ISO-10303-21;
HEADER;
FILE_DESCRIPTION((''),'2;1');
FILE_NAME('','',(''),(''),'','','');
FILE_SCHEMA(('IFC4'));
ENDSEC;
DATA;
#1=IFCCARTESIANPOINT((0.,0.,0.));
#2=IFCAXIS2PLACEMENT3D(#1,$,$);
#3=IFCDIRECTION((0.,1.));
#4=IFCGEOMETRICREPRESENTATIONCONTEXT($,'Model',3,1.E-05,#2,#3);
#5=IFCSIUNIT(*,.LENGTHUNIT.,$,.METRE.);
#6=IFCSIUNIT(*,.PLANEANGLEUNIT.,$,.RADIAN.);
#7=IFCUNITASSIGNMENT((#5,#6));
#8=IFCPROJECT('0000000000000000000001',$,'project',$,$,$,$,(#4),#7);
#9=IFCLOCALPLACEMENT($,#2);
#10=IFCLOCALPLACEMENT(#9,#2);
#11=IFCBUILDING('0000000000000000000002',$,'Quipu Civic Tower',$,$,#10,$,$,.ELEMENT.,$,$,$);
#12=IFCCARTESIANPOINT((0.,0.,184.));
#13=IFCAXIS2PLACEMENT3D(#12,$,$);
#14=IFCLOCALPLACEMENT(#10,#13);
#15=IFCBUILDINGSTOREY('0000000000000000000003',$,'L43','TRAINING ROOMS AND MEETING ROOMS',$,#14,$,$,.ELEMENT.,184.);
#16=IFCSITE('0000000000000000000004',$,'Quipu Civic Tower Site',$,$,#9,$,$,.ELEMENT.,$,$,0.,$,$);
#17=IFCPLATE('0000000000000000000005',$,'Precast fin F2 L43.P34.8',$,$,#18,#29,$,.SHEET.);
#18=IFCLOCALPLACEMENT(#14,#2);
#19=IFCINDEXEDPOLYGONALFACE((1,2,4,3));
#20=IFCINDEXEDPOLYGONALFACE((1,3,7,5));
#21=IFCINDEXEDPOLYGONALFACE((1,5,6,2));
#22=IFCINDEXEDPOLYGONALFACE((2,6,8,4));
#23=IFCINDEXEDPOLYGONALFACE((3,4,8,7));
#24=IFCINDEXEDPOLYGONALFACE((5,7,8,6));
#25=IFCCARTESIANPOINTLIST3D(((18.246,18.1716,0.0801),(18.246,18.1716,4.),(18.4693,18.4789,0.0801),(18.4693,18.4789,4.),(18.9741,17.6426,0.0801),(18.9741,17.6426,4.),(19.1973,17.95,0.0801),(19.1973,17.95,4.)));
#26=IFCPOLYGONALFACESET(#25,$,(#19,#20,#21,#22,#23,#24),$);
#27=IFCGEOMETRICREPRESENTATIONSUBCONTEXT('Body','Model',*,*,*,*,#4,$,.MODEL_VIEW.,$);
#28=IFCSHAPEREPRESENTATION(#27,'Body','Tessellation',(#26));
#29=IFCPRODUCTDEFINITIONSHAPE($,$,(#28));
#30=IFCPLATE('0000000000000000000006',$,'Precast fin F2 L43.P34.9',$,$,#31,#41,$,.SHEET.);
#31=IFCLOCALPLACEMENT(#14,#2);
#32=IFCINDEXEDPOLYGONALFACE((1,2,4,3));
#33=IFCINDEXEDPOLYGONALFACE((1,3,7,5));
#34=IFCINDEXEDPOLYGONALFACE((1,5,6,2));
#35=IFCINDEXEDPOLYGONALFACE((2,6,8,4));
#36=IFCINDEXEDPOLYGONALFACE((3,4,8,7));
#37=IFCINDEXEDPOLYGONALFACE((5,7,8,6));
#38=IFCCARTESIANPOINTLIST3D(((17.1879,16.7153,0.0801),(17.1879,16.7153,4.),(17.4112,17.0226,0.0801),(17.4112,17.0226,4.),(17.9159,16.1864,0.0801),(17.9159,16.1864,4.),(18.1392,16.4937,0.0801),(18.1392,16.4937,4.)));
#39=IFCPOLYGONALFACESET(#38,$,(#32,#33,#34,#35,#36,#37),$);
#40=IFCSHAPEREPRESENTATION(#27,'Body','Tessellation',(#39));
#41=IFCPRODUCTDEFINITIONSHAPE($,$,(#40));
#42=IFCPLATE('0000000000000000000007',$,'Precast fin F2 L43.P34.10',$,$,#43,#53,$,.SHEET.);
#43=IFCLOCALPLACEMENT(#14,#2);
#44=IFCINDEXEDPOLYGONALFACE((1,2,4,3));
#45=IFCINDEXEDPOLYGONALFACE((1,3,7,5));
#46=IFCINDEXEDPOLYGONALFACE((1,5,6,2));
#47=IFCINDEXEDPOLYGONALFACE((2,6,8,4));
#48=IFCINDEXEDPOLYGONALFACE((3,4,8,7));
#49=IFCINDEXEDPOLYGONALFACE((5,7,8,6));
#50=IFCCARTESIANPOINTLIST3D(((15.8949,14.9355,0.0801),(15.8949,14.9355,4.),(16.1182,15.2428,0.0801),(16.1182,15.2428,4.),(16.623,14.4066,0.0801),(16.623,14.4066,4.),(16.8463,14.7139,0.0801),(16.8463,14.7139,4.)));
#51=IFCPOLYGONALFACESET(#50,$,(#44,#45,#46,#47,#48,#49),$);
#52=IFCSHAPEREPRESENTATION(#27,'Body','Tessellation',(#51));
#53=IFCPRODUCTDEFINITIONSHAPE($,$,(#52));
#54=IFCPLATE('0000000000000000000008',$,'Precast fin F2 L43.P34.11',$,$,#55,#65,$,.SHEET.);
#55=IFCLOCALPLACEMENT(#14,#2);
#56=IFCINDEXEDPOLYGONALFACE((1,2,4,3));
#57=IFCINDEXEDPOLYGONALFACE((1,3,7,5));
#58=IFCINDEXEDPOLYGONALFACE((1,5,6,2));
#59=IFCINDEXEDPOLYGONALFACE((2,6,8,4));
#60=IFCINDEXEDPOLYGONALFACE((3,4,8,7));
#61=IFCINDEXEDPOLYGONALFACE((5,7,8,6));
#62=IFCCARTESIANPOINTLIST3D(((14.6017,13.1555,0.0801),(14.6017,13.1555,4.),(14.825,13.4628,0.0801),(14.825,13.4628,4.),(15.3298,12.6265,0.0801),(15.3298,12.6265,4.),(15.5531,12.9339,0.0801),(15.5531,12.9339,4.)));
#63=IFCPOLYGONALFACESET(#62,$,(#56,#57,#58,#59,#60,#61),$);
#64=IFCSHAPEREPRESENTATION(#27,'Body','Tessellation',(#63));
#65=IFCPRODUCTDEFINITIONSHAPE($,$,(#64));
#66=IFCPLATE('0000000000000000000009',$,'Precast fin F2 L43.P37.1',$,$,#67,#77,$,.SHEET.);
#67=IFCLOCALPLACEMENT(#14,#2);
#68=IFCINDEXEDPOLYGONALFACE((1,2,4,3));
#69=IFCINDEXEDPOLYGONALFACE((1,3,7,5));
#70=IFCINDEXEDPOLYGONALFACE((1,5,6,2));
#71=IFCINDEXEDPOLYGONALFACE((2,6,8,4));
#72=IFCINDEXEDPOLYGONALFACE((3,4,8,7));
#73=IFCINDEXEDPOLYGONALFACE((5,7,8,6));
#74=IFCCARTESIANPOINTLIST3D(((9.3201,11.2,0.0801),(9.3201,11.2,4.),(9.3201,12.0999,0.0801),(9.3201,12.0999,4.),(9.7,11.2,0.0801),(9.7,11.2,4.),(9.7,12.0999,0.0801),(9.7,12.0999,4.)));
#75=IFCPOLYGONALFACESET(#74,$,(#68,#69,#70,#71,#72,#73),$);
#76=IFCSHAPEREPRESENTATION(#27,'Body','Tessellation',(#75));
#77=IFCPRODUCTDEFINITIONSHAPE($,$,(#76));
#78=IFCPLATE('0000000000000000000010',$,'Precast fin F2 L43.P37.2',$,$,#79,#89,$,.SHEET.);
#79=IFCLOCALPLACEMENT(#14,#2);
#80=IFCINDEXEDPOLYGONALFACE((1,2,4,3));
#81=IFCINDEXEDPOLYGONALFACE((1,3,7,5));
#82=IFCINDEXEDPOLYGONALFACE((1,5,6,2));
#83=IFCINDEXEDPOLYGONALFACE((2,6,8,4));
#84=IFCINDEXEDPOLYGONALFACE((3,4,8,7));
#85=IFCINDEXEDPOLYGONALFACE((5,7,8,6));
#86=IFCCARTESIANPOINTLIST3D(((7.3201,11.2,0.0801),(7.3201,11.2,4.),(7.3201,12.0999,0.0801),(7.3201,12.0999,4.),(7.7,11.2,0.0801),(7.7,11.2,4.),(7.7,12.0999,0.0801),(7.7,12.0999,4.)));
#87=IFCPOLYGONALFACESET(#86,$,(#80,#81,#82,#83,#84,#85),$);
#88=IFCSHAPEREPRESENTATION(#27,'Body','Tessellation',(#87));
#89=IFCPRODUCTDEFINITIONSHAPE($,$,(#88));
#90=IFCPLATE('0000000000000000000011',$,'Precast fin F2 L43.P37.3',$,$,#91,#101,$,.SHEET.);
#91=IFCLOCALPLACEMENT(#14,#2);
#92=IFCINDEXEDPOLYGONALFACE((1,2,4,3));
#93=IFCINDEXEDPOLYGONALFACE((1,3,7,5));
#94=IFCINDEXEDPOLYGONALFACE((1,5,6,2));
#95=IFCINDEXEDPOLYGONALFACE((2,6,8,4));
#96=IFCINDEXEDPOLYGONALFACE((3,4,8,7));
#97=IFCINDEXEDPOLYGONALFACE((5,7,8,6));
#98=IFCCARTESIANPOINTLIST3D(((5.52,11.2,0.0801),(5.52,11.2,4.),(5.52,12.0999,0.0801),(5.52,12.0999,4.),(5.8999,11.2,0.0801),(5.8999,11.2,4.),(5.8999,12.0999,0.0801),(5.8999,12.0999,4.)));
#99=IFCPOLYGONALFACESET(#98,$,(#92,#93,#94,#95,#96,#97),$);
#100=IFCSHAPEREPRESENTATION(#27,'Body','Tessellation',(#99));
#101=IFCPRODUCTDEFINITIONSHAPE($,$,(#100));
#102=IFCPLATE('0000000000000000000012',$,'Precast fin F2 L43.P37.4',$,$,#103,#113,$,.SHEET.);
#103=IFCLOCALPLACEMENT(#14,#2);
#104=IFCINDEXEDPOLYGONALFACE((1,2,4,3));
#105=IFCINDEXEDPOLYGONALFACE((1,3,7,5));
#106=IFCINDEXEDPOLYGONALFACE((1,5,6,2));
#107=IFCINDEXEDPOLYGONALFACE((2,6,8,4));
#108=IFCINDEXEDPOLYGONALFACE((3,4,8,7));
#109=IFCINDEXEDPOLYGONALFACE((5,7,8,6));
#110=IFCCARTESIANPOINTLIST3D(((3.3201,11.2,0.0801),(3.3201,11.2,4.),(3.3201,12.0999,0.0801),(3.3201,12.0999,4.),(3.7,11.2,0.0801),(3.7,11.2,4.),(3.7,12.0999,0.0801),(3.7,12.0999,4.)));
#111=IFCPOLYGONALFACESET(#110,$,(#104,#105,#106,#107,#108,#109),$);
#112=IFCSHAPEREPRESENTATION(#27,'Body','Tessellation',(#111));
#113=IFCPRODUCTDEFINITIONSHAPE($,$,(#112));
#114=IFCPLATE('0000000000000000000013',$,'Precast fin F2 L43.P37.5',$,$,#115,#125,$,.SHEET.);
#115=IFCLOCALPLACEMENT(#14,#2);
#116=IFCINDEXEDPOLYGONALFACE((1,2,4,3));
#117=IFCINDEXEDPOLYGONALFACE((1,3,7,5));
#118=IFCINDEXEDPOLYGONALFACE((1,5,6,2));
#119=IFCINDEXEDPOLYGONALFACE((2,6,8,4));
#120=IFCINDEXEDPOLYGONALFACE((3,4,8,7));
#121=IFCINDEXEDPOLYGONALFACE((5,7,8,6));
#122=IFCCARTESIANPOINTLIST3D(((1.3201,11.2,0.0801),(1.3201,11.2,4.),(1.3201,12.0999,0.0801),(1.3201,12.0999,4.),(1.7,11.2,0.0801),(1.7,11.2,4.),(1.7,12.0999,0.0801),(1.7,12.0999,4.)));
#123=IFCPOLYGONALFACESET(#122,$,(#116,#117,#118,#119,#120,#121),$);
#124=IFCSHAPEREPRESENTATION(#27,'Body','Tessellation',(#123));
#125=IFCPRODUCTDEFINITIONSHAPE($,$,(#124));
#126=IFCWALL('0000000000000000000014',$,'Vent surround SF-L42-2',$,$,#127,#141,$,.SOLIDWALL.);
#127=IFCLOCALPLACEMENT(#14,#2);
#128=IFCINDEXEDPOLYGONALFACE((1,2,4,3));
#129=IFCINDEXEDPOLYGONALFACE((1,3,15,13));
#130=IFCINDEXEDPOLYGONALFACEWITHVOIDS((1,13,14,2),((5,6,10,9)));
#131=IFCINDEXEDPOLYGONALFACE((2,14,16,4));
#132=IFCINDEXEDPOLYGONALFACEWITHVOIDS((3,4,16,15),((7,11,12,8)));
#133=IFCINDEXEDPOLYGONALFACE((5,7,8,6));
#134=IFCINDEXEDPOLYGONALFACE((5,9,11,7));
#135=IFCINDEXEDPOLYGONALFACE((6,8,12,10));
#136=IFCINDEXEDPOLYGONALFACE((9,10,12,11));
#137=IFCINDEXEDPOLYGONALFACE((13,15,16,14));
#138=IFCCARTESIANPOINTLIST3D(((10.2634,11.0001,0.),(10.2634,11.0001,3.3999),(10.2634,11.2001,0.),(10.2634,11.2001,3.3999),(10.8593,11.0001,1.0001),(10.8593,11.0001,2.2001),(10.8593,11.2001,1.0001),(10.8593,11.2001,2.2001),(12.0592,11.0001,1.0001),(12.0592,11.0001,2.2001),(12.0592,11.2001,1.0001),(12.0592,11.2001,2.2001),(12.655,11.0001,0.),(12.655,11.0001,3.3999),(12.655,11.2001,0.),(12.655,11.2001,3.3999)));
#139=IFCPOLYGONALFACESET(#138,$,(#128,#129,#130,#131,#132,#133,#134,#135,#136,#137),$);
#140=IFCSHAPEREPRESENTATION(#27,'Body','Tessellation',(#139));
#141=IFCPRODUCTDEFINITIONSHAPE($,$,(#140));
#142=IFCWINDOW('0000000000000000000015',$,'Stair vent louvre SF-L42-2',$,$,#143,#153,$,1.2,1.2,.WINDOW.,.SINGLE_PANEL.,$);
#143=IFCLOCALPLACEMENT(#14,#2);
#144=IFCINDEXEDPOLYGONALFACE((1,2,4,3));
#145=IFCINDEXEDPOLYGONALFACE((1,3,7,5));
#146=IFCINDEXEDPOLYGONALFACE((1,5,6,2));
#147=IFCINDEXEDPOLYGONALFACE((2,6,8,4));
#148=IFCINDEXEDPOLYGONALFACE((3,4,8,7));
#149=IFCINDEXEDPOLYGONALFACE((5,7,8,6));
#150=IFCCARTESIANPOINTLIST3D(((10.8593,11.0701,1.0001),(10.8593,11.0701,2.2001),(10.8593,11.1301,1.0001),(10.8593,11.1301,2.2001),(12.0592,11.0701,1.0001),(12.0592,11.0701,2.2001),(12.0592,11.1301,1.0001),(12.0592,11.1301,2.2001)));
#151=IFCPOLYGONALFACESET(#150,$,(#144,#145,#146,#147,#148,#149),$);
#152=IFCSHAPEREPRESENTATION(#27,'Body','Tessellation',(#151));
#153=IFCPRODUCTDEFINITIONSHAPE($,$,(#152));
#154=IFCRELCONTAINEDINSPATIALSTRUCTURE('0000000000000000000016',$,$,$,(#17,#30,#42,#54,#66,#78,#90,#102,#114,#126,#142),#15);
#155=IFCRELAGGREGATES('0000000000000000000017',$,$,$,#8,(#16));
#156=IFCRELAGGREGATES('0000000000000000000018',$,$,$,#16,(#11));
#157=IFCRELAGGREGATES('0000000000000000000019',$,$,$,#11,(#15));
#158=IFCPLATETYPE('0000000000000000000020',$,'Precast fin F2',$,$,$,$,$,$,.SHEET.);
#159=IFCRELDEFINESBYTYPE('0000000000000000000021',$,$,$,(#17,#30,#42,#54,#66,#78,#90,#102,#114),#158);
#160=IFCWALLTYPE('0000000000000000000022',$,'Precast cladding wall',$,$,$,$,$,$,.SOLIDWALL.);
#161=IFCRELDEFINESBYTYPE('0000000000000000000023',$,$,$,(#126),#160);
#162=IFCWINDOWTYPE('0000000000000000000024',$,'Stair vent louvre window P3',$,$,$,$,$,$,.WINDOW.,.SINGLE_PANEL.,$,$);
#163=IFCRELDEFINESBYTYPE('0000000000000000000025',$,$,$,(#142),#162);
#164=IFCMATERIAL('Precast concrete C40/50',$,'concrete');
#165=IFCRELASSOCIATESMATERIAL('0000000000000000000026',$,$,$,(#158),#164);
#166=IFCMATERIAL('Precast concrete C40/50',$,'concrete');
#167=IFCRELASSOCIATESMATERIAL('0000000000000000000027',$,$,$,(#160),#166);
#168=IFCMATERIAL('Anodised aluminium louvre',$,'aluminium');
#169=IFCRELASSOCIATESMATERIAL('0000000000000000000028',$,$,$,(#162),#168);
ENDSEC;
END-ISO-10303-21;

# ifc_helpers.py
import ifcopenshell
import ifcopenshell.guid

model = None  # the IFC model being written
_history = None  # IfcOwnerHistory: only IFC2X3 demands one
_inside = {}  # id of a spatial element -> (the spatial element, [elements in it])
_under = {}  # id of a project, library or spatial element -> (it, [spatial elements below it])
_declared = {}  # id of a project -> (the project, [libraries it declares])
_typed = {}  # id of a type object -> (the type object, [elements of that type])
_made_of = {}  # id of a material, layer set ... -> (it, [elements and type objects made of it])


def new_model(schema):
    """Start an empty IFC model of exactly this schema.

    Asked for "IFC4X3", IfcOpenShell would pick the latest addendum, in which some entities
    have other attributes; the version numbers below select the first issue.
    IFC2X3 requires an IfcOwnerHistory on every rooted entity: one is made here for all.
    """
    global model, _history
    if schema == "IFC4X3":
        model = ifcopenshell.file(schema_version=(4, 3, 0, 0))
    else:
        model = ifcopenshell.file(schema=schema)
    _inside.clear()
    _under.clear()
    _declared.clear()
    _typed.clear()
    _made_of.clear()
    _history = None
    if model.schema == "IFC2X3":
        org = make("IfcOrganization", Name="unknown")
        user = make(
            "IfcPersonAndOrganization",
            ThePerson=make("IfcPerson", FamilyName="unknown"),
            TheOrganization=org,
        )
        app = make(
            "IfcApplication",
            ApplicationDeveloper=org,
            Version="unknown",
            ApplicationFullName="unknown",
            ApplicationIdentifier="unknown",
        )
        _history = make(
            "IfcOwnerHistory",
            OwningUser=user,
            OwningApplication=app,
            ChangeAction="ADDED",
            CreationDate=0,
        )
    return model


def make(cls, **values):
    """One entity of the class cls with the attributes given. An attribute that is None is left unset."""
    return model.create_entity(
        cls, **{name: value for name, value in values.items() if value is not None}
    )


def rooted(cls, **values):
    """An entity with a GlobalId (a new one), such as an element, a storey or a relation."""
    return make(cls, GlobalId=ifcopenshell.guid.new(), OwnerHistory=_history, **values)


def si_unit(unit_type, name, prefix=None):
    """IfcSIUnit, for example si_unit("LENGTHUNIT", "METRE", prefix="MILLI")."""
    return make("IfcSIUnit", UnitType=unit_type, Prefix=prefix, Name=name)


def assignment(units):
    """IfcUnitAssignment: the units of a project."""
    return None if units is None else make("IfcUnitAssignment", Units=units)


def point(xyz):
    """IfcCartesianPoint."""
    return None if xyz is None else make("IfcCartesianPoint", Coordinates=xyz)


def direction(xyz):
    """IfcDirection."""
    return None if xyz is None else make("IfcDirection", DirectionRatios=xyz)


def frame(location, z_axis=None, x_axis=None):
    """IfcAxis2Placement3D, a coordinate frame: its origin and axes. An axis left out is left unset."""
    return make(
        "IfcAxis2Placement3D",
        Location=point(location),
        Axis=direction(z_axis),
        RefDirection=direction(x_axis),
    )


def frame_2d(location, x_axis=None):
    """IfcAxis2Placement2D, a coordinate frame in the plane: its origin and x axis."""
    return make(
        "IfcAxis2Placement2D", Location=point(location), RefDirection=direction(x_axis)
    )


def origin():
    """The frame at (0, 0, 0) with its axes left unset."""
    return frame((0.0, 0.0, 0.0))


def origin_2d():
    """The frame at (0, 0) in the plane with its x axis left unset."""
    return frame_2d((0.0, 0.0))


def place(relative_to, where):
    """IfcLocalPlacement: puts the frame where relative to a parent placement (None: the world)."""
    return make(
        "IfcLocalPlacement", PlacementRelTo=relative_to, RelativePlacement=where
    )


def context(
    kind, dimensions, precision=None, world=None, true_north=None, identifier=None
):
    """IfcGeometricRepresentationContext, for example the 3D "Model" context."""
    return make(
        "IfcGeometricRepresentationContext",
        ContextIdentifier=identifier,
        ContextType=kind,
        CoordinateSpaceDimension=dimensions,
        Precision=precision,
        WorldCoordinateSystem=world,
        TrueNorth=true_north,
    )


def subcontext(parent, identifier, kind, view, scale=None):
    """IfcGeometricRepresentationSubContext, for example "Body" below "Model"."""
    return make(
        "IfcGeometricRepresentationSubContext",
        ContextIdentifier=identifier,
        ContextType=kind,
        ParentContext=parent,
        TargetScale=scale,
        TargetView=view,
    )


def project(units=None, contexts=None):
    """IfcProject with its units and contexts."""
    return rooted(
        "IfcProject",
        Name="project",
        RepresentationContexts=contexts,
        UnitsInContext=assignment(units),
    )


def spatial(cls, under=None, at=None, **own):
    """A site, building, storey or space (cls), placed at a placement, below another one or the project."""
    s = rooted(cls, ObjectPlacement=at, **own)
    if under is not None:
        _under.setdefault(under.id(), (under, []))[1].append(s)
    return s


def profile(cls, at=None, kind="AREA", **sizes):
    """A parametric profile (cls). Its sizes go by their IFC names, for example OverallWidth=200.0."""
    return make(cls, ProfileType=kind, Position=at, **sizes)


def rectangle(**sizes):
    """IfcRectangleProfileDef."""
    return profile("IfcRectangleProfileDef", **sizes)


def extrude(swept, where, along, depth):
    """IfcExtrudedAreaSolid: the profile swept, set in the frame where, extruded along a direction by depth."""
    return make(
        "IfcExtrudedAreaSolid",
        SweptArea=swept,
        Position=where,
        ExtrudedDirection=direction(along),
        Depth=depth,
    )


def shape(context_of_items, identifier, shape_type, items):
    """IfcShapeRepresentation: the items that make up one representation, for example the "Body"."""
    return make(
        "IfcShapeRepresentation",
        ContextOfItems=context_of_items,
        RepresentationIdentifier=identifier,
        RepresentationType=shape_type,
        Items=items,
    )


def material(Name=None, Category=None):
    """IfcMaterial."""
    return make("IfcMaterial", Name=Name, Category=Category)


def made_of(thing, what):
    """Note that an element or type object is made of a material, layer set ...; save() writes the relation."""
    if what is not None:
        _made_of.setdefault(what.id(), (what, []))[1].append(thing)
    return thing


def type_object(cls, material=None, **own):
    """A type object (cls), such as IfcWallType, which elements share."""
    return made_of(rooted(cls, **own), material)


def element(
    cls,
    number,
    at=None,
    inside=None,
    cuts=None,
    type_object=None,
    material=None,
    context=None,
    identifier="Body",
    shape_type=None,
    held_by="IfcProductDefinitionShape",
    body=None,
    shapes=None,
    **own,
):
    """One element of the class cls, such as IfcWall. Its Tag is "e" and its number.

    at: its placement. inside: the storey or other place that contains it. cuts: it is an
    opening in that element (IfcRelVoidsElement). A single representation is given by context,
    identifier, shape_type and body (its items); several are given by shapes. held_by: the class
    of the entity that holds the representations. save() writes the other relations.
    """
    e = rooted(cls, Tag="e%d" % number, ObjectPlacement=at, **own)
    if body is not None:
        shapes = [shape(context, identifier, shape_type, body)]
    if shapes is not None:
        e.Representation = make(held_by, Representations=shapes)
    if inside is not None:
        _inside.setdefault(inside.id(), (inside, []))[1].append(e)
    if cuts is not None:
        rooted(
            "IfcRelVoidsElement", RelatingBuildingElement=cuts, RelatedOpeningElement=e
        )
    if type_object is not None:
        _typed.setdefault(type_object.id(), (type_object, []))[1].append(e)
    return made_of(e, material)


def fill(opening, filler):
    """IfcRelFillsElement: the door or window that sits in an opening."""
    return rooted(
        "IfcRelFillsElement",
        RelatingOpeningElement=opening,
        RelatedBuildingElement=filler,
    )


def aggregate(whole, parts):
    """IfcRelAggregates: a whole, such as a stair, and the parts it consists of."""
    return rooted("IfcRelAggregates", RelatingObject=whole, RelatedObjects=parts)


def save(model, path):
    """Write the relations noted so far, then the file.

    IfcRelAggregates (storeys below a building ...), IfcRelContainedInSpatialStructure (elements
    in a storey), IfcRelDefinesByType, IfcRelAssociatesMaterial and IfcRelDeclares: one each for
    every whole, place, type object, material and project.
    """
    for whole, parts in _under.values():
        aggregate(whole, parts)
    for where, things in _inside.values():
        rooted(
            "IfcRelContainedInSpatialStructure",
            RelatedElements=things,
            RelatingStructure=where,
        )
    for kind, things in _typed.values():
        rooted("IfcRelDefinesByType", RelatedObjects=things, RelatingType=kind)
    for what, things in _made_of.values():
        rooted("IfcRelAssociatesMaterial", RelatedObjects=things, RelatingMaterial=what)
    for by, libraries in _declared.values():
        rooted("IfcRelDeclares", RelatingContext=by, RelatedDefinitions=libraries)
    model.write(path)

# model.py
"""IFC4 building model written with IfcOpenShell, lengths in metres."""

from ifc_helpers import new_model, si_unit, direction, frame, frame_2d, origin, origin_2d, place, context, subcontext, project, spatial, rectangle, extrude, material, type_object, element, fill, save


model = new_model("IFC4")

# Units and contexts
model_context = context("Model", 3, precision=1e-05, world=origin(), true_north=direction((0.0, 1.0)))
body_context = subcontext(model_context, "Body", "Model", "MODEL_VIEW")
ifc_project = project(units=[si_unit("LENGTHUNIT", "METRE"), si_unit("PLANEANGLEUNIT", "RADIAN")], contexts=[model_context])

# Site, building, storey
site_placement = place(None, origin())
site = spatial("IfcSite", under=ifc_project, at=site_placement, Name="Quipu Civic Tower Site", CompositionType="ELEMENT", RefElevation=0.0)
building_placement = place(site_placement, origin())
building = spatial("IfcBuilding", under=site, at=building_placement, Name="Quipu Civic Tower", CompositionType="ELEMENT")
storey_placement = place(building_placement, frame((0.0, 0.0, 184.0)))
storey = spatial("IfcBuildingStorey", under=building, at=storey_placement, Name="L43", Description="TRAINING ROOMS AND MEETING ROOMS", CompositionType="ELEMENT", Elevation=184.0)

# Plates
ifc_material_1 = material(Name="Precast concrete C40/50", Category="concrete")
plate_type_1 = type_object("IfcPlateType", Name="Precast fin F2", PredefinedType="SHEET", material=ifc_material_1)
for number, where, z_axis, x_axis, name in (
    (1, (18.7217, 18.0608, 0.0801), (0.0, 0.0, 1.0), (-0.587787, -0.809016, 0.0), "Precast fin F2 L43.P34.8"),
    (2, (17.6636, 16.6045, 0.0801), (0.0, 0.0, 1.0), (-0.587787, -0.809016, 0.0), "Precast fin F2 L43.P34.9"),
    (3, (16.3706, 14.8247, 0.0801), (0.0, 0.0, 1.0), (-0.587787, -0.809016, 0.0), "Precast fin F2 L43.P34.10"),
    (4, (15.0774, 13.0447, 0.0801), (0.0, 0.0, 1.0), (-0.587787, -0.809016, 0.0), "Precast fin F2 L43.P34.11"),
    (5, (9.51, 11.6499, 0.0801), (0.0, 0.0, 1.0), (-1.0, 0.0, 0.0), "Precast fin F2 L43.P37.1"),
    (6, (7.51, 11.6499, 0.0801), (0.0, 0.0, 1.0), (-1.0, 0.0, 0.0), "Precast fin F2 L43.P37.2"),
    (7, (5.71, 11.6499, 0.0801), (0.0, 0.0, 1.0), (-1.0, 0.0, 0.0), "Precast fin F2 L43.P37.3"),
    (8, (3.51, 11.6499, 0.0801), (0.0, 0.0, 1.0), (-1.0, 0.0, 0.0), "Precast fin F2 L43.P37.4"),
    (9, (1.51, 11.6499, 0.0801), (0.0, 0.0, 1.0), (-1.0, 0.0, 0.0), "Precast fin F2 L43.P37.5"),
):
    element("IfcPlate", number, at=place(storey_placement, frame(where, z_axis=z_axis, x_axis=x_axis)), inside=storey, type_object=plate_type_1, Name=name, PredefinedType="SHEET", context=body_context, shape_type="SweptSolid", body=[
        extrude(rectangle(XDim=0.3799, YDim=0.8999, at=origin_2d()), origin(), (0.0, 0.0, 1.0), 3.9199),
    ])

# Wall, opening, window
ifc_material_2 = material(Name="Precast concrete C40/50", Category="concrete")
wall_type = type_object("IfcWallType", Name="Precast cladding wall", PredefinedType="SOLIDWALL", material=ifc_material_2)
wall_placement = place(storey_placement, frame((12.655, 11.1001, 0.0), z_axis=(0.0, 0.0, 1.0), x_axis=(-1.0, 0.0, 0.0)))
wall = element("IfcWall", 10, at=wall_placement, inside=storey, type_object=wall_type, Name="Vent surround SF-L42-2", PredefinedType="SOLIDWALL", context=body_context, shape_type="SweptSolid", body=[
    extrude(rectangle(XDim=2.3916, YDim=0.2, at=frame_2d((1.1958, 0.0))), origin(), (0.0, 0.0, 1.0), 3.3999),
])
opening_placement = place(wall_placement, frame((0.5957, 0.0, 1.0)))
opening = element("IfcOpeningElement", 11, at=opening_placement, cuts=wall, PredefinedType="OPENING", context=body_context, shape_type="SweptSolid", body=[
    extrude(rectangle(XDim=1.2, YDim=1.2, at=frame_2d((0.6001, 0.6001))), frame((0.0, 0.1099, 0.0), z_axis=(0.0, -1.0, 0.0), x_axis=(1.0, 0.0, 0.0)), (0.0, 0.0, 1.0), 0.22),
])
ifc_material_3 = material(Name="Anodised aluminium louvre", Category="aluminium")
window_type = type_object("IfcWindowType", Name="Stair vent louvre window P3", PartitioningType="SINGLE_PANEL", PredefinedType="WINDOW", material=ifc_material_3)
window_placement = place(opening_placement, origin())
window = element("IfcWindow", 12, at=window_placement, inside=storey, type_object=window_type, Name="Stair vent louvre SF-L42-2", OverallHeight=1.2, OverallWidth=1.2, PartitioningType="SINGLE_PANEL", PredefinedType="WINDOW", context=body_context, shape_type="SweptSolid", body=[
    extrude(rectangle(XDim=1.2, YDim=1.2, at=frame_2d((0.6001, 0.6001))), frame((0.0, 0.03, 0.0), z_axis=(0.0, -1.0, 0.0), x_axis=(1.0, 0.0, 0.0)), (0.0, 0.0, 1.0), 0.0601),
])
fill(opening, window)

save(model, "model.ifc")
